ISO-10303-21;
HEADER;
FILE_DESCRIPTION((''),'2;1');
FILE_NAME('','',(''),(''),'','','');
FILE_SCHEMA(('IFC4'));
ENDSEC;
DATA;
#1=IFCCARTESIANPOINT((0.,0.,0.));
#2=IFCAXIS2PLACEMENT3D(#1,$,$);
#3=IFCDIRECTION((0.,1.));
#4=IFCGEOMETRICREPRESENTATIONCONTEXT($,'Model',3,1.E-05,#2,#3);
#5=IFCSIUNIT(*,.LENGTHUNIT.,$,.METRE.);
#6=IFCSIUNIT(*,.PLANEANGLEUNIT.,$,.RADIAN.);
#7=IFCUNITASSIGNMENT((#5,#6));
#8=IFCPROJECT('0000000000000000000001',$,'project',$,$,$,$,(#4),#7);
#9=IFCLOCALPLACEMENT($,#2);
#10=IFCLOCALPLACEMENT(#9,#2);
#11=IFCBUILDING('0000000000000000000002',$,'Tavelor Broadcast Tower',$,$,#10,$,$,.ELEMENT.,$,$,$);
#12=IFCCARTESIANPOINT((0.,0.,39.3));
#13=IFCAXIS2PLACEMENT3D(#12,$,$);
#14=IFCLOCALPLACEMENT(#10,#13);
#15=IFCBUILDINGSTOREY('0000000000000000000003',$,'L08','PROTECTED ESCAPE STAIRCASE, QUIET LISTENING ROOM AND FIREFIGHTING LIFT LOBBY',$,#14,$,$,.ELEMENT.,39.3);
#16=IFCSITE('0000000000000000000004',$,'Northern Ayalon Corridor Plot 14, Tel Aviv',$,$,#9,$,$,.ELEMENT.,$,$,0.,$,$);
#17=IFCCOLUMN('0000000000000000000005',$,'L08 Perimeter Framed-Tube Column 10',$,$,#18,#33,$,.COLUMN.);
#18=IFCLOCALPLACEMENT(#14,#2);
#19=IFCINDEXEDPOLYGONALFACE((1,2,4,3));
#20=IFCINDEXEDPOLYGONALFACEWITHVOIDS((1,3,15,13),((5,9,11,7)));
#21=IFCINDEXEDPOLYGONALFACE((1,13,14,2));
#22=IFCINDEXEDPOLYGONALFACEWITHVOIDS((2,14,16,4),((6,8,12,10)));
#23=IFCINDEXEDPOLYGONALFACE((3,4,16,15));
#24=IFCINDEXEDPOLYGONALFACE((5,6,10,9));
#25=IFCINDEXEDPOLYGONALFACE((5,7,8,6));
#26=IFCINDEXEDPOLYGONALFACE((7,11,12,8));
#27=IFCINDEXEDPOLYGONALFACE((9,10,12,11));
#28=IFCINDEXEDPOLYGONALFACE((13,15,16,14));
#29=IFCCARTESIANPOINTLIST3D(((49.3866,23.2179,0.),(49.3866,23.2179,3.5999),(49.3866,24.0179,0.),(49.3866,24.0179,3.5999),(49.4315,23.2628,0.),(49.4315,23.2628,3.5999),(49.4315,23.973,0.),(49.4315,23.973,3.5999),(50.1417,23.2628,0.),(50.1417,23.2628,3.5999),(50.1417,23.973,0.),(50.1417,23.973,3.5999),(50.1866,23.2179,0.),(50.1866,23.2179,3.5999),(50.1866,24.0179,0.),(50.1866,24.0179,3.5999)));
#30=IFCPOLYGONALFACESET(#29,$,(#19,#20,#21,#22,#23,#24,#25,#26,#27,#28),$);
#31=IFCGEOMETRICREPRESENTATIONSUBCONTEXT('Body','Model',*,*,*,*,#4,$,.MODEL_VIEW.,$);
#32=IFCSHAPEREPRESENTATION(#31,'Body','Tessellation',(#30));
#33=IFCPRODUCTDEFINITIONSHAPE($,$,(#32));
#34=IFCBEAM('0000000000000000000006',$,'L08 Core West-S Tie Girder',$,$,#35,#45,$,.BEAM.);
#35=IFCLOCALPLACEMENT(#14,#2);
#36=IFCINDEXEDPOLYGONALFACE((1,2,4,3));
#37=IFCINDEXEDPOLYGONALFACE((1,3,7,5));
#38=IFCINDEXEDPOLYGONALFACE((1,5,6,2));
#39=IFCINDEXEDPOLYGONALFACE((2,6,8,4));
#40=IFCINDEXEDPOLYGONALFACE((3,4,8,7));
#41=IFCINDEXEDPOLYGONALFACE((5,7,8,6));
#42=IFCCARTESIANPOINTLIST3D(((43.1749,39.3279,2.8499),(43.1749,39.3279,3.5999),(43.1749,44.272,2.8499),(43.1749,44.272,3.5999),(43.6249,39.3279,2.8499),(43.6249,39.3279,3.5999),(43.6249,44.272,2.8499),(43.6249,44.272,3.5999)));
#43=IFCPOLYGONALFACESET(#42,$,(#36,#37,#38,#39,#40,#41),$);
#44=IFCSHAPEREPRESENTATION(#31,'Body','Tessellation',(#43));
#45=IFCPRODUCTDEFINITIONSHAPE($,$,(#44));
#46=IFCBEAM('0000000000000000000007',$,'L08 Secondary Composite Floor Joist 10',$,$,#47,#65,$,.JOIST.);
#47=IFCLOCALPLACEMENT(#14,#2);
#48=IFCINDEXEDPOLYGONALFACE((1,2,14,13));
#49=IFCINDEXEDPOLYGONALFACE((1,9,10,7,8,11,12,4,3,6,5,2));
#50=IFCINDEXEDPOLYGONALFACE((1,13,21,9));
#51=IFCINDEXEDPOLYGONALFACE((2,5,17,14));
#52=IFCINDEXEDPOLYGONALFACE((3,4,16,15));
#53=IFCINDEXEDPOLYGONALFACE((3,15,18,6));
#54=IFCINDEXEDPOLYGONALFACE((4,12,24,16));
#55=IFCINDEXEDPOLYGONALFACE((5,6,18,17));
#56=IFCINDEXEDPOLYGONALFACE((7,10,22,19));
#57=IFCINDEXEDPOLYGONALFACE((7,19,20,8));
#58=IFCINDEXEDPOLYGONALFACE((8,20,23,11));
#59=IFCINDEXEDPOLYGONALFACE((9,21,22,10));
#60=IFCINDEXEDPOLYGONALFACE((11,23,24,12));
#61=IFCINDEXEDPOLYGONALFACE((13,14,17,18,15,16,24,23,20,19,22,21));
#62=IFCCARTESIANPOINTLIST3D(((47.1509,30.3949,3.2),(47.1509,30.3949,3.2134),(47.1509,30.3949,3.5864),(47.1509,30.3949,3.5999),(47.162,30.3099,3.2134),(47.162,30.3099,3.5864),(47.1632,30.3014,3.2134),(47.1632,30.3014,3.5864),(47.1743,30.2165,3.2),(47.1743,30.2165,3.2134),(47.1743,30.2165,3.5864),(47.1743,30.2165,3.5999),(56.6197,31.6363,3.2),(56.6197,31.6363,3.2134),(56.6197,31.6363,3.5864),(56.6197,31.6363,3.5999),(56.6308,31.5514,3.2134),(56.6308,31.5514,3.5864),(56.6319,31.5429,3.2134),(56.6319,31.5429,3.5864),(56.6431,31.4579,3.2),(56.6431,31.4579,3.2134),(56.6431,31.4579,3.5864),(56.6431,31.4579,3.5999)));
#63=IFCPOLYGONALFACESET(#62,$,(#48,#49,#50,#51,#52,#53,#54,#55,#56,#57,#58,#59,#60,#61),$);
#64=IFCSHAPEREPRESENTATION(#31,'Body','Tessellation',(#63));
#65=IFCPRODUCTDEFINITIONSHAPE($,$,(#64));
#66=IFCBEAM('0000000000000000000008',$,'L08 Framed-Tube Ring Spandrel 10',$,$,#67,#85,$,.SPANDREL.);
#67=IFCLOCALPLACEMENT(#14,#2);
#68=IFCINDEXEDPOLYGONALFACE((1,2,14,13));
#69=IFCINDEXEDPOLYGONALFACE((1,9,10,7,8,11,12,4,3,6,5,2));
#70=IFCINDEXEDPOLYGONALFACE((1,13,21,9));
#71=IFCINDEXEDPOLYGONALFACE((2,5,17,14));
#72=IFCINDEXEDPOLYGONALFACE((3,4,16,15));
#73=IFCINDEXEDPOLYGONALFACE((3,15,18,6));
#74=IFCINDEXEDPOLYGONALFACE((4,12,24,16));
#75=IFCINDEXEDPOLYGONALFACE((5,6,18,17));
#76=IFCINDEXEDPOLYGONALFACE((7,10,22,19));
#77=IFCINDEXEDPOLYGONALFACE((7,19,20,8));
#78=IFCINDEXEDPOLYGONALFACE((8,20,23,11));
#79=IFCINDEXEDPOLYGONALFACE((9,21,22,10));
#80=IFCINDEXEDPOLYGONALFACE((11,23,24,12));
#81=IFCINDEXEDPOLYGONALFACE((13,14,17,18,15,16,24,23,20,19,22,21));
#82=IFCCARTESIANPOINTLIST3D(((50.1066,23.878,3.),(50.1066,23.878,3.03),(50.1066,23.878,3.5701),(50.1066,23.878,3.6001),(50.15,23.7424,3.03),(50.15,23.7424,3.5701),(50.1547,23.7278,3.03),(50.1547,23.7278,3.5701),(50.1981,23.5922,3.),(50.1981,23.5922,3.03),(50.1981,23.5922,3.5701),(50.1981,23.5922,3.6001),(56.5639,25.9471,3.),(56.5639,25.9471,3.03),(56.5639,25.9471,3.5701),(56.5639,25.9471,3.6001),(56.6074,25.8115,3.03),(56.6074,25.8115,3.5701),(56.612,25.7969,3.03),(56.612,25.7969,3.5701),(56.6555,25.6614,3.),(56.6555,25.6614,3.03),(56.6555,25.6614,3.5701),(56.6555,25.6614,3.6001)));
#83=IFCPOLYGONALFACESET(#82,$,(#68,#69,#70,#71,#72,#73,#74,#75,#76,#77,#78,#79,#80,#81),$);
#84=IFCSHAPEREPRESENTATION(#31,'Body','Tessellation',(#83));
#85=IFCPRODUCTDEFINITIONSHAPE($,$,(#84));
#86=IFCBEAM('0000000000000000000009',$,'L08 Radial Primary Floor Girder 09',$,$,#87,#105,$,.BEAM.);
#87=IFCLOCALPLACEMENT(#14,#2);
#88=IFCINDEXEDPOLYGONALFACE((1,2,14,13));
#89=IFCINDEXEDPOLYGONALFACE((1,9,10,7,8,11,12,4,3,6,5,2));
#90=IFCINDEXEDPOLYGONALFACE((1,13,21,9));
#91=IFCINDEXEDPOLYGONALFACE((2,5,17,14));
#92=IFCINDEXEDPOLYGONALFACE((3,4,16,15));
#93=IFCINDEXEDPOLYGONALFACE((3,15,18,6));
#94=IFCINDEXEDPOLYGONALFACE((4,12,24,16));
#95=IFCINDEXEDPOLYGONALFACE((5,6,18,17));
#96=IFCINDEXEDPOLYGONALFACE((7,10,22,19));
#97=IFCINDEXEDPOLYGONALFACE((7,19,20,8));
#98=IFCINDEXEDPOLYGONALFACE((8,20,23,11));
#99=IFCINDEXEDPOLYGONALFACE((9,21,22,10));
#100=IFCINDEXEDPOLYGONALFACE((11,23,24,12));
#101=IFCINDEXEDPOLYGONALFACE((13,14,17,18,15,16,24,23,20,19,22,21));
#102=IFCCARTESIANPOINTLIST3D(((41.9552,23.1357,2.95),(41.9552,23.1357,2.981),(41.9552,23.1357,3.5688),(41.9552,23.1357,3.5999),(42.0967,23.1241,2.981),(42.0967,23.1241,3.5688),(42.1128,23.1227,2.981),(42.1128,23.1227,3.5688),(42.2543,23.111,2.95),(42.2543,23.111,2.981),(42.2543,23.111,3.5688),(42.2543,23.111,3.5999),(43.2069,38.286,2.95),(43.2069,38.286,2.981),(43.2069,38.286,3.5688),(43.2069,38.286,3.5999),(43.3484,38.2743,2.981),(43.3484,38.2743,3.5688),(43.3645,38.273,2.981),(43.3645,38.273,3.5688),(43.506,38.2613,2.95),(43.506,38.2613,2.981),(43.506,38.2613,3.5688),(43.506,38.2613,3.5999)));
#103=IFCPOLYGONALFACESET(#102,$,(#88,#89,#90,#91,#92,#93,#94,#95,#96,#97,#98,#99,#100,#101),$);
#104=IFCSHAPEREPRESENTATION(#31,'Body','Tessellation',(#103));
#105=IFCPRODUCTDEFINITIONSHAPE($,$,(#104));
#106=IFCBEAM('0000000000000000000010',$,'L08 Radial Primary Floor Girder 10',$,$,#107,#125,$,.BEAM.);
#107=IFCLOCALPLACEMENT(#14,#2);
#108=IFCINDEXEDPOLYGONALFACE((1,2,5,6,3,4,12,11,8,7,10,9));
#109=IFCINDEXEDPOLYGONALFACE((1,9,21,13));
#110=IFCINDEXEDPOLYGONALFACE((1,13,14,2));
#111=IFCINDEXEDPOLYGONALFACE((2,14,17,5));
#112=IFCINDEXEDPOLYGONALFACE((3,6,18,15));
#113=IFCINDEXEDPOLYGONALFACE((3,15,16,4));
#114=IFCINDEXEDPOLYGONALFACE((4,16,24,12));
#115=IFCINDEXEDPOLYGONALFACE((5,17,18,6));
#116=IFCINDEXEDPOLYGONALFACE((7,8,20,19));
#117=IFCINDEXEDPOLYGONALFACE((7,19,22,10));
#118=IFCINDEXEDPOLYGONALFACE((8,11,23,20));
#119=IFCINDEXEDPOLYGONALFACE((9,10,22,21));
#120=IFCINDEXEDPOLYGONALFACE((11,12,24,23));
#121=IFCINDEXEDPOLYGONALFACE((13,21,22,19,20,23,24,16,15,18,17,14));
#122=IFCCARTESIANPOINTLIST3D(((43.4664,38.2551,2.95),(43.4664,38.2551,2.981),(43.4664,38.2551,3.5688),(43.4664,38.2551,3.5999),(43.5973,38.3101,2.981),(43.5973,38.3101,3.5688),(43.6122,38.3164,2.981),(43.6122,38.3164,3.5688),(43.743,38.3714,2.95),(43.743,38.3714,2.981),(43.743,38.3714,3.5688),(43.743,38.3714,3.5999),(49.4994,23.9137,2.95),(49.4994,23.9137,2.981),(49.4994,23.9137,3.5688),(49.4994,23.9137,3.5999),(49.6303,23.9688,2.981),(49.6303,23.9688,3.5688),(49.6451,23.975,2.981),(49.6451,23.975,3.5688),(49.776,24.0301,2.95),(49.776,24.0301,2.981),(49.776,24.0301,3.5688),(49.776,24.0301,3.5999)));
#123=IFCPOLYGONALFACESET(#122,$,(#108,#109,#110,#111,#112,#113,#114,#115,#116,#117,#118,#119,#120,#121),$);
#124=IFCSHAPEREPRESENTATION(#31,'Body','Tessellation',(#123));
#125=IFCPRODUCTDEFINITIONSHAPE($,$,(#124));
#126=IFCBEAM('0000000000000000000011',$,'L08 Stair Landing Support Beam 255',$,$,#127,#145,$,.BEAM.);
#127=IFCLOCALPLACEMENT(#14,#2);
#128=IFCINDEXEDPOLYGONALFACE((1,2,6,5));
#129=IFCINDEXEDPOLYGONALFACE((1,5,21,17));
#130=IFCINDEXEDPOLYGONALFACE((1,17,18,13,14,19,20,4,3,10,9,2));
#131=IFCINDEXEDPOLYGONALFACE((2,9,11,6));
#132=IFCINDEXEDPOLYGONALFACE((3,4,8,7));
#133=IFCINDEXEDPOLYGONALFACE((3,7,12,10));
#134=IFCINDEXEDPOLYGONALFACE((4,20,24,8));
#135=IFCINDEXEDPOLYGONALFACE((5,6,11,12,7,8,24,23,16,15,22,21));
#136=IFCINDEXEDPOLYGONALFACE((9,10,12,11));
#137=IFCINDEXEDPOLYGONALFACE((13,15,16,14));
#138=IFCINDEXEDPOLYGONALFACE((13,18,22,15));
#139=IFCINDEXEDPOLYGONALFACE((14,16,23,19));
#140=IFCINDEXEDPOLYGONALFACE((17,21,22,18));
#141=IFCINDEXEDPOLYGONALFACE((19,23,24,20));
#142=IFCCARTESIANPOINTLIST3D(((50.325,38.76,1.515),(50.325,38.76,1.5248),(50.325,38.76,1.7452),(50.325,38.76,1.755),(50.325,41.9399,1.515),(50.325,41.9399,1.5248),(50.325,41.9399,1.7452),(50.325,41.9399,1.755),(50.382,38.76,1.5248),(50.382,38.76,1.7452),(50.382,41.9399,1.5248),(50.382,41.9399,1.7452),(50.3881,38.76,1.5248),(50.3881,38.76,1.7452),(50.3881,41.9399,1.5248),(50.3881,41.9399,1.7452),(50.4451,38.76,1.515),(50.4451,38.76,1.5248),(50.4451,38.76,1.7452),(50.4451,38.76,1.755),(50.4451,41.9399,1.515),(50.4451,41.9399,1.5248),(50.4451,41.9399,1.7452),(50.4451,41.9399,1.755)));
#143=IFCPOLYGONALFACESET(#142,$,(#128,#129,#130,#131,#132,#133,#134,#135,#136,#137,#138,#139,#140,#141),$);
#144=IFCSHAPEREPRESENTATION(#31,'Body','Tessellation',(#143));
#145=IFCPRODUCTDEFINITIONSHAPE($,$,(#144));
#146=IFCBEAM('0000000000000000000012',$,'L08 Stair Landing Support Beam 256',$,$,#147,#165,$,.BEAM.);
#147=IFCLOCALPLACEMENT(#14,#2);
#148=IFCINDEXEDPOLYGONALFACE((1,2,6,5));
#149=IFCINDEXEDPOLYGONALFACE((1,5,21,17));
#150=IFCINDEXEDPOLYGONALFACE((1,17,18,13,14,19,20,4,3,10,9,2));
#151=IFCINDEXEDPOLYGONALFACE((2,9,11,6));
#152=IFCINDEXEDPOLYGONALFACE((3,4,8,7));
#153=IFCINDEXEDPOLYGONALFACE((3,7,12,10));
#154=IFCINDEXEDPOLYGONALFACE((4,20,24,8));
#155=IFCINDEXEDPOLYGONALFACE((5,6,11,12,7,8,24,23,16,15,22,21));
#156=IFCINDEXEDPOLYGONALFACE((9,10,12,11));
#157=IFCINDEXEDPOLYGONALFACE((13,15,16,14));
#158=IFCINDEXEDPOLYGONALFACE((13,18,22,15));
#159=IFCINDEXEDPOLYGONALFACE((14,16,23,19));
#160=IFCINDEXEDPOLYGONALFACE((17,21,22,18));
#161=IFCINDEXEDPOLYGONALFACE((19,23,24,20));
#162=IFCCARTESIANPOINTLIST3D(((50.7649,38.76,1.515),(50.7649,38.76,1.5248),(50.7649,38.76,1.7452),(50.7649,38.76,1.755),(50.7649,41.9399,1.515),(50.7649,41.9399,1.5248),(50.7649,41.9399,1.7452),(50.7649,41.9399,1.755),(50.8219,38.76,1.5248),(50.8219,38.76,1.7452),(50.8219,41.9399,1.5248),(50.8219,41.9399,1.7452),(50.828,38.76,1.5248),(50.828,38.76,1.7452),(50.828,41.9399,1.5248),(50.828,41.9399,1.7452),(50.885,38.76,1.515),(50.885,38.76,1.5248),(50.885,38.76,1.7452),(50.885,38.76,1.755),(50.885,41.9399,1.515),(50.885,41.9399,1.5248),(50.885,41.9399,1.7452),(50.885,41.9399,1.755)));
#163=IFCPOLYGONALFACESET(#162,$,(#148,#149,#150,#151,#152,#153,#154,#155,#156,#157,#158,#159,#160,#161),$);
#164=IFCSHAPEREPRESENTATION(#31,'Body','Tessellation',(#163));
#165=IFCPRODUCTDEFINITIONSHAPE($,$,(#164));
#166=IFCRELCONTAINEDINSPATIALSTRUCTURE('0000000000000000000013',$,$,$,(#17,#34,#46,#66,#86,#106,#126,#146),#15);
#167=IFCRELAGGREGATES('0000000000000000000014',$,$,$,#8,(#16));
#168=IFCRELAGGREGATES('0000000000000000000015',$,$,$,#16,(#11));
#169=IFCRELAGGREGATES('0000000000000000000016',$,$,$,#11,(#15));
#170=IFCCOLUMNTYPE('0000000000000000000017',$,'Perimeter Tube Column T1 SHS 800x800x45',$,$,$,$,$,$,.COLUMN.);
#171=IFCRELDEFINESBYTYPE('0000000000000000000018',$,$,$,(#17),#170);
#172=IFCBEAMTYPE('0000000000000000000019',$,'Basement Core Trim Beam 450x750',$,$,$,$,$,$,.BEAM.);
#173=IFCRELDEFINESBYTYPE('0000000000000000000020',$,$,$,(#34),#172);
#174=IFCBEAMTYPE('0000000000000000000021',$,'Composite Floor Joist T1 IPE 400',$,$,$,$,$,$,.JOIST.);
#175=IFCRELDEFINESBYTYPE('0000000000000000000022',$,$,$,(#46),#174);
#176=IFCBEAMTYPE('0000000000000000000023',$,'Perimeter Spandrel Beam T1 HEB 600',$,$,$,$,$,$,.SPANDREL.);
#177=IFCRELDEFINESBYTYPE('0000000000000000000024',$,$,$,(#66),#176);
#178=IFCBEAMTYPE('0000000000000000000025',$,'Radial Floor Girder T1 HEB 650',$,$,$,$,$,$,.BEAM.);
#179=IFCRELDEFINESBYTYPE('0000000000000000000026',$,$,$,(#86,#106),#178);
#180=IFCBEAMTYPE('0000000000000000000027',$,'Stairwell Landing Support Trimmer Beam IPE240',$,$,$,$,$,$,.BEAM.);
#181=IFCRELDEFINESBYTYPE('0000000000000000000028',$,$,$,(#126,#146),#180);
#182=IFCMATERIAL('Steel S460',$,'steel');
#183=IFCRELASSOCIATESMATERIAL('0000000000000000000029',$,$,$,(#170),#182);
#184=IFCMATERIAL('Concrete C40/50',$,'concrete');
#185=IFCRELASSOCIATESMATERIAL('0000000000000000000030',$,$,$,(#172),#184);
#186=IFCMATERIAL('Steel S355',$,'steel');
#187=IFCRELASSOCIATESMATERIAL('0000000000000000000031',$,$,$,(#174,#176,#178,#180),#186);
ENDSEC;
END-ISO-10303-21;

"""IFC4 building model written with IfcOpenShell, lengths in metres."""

from ifc_helpers import new_model, si_unit, direction, frame, origin, origin_2d, place, context, subcontext, project, spatial, rectangle, hollow_rectangle, i_section, extrude, material, material_profile, profile_set, type_object, element, save


model = new_model("IFC4")

# Units and contexts
model_context = context("Model", 3, precision=1e-05, world=origin(), true_north=direction((0.0, 1.0)))
body_context = subcontext(model_context, "Body", "Model", "MODEL_VIEW")
ifc_project = project(units=[si_unit("LENGTHUNIT", "METRE"), si_unit("PLANEANGLEUNIT", "RADIAN")], contexts=[model_context])

# Site, building, storey
site_placement = place(None, origin())
site = spatial("IfcSite", under=ifc_project, at=site_placement, Name="Northern Ayalon Corridor Plot 14, Tel Aviv", CompositionType="ELEMENT", RefElevation=0.0)
building_placement = place(site_placement, origin())
building = spatial("IfcBuilding", under=site, at=building_placement, Name="Tavelor Broadcast Tower", CompositionType="ELEMENT")
storey_placement = place(building_placement, frame((0.0, 0.0, 39.3)))
storey = spatial("IfcBuildingStorey", under=building, at=storey_placement, Name="L08", Description="PROTECTED ESCAPE STAIRCASE, QUIET LISTENING ROOM AND FIREFIGHTING LIFT LOBBY", CompositionType="ELEMENT", Elevation=39.3)

# Column
ifc_material_1 = material(Name="Steel S460", Category="steel")
ifc_material_profile_1 = material_profile(ifc_material_1, hollow_rectangle(XDim=0.8, YDim=0.8, WallThickness=0.0449, at=origin_2d()), Name="SHS 800x800x45")
ifc_profile_set_1 = profile_set([ifc_material_profile_1], Name="Steel S460")
column_type = type_object("IfcColumnType", Name="Perimeter Tube Column T1 SHS 800x800x45", PredefinedType="COLUMN", material=ifc_profile_set_1)
column_placement = place(storey_placement, frame((49.7866, 23.6179, 0.0), z_axis=(0.0, 0.0, 1.0), x_axis=(1.0, 0.0, 0.0)))
element("IfcColumn", 1, at=column_placement, inside=storey, type_object=column_type, Name="L08 Perimeter Framed-Tube Column 10", PredefinedType="COLUMN", context=body_context, shape_type="SweptSolid", body=[
    extrude(hollow_rectangle(XDim=0.8, YDim=0.8, WallThickness=0.0449, at=origin_2d()), origin(), (0.0, 0.0, 1.0), 3.5999),
])

# Beams
ifc_material_2 = material(Name="Concrete C40/50", Category="concrete")
ifc_material_profile_2 = material_profile(ifc_material_2, rectangle(XDim=0.45, YDim=0.75, at=origin_2d()), Name="RC 450x750")
ifc_profile_set_2 = profile_set([ifc_material_profile_2], Name="Concrete C40/50")
beam_type_1 = type_object("IfcBeamType", Name="Basement Core Trim Beam 450x750", PredefinedType="BEAM", material=ifc_profile_set_2)
beam_1_placement = place(storey_placement, frame((43.3999, 39.3279, 3.2249), z_axis=(0.0, 1.0, 0.0), x_axis=(-1.0, 0.0, 0.0)))
element("IfcBeam", 2, at=beam_1_placement, inside=storey, type_object=beam_type_1, Name="L08 Core West-S Tie Girder", PredefinedType="BEAM", context=body_context, shape_type="SweptSolid", body=[
    extrude(rectangle(XDim=0.45, YDim=0.75, at=origin_2d()), origin(), (0.0, 0.0, 1.0), 4.9441),
])
ifc_material_3 = material(Name="Steel S355", Category="steel")
ifc_material_profile_3 = material_profile(ifc_material_3, i_section(OverallWidth=0.1799, OverallDepth=0.3999, WebThickness=0.0085, FlangeThickness=0.0134, at=origin_2d()), Name="IPE 400")
ifc_profile_set_3 = profile_set([ifc_material_profile_3], Name="Steel S355")
beam_type_2 = type_object("IfcBeamType", Name="Composite Floor Joist T1 IPE 400", PredefinedType="JOIST", material=ifc_profile_set_3)
beam_2_placement = place(storey_placement, frame((47.1626, 30.3057, 3.3999), z_axis=(0.991514, 0.129998, 0.0), x_axis=(-0.129998, 0.991514, 0.0)))
element("IfcBeam", 3, at=beam_2_placement, inside=storey, type_object=beam_type_2, Name="L08 Secondary Composite Floor Joist 10", PredefinedType="JOIST", context=body_context, shape_type="SweptSolid", body=[
    extrude(i_section(OverallWidth=0.1799, OverallDepth=0.3999, WebThickness=0.0085, FlangeThickness=0.0134, at=origin_2d()), origin(), (0.0, 0.0, 1.0), 9.5498),
])
ifc_material_profile_4 = material_profile(ifc_material_3, i_section(OverallWidth=0.3, OverallDepth=0.6001, WebThickness=0.0154, FlangeThickness=0.03, at=origin_2d()), Name="HEB 600")
ifc_profile_set_4 = profile_set([ifc_material_profile_4], Name="Steel S355")
beam_type_3 = type_object("IfcBeamType", Name="Perimeter Spandrel Beam T1 HEB 600", PredefinedType="SPANDREL", material=ifc_profile_set_4)
beam_3_placement = place(storey_placement, frame((50.1523, 23.7351, 3.3), z_axis=(0.952306, 0.305145, 0.0), x_axis=(-0.305145, 0.952306, 0.0)))
element("IfcBeam", 4, at=beam_3_placement, inside=storey, type_object=beam_type_3, Name="L08 Framed-Tube Ring Spandrel 10", PredefinedType="SPANDREL", context=body_context, shape_type="SweptSolid", body=[
    extrude(i_section(OverallWidth=0.3, OverallDepth=0.6001, WebThickness=0.0154, FlangeThickness=0.03, at=origin_2d()), origin(), (0.0, 0.0, 1.0), 6.7808),
])
ifc_material_profile_5 = material_profile(ifc_material_3, i_section(OverallWidth=0.3, OverallDepth=0.6499, WebThickness=0.0161, FlangeThickness=0.031, at=origin_2d()), Name="HEB 650")
ifc_profile_set_5 = profile_set([ifc_material_profile_5], Name="Steel S355")
beam_type_4 = type_object("IfcBeamType", Name="Radial Floor Girder T1 HEB 650", PredefinedType="BEAM", material=ifc_profile_set_5)
beam_4_placement = place(storey_placement, frame((43.3564, 38.2737, 3.2749), z_axis=(-0.082338, -0.996604, 0.0), x_axis=(0.996604, -0.082338, 0.0)))
element("IfcBeam", 5, at=beam_4_placement, inside=storey, type_object=beam_type_4, Name="L08 Radial Primary Floor Girder 09", PredefinedType="BEAM", context=body_context, shape_type="SweptSolid", body=[
    extrude(i_section(OverallWidth=0.3, OverallDepth=0.6499, WebThickness=0.0161, FlangeThickness=0.031, at=origin_2d()), origin(), (0.0, 0.0, 1.0), 15.2019),
])
beam_5_placement = place(storey_placement, frame((43.6047, 38.3132, 3.2749), z_axis=(0.387757, -0.921761, 0.0), x_axis=(0.921761, 0.387757, 0.0)))
element("IfcBeam", 6, at=beam_5_placement, inside=storey, type_object=beam_type_4, Name="L08 Radial Primary Floor Girder 10", PredefinedType="BEAM", context=body_context, shape_type="SweptSolid", body=[
    extrude(i_section(OverallWidth=0.3, OverallDepth=0.6499, WebThickness=0.0161, FlangeThickness=0.031, at=origin_2d()), origin(), (0.0, 0.0, 1.0), 15.5586),
])
ifc_material_profile_6 = material_profile(ifc_material_3, i_section(OverallWidth=0.1201, OverallDepth=0.24, WebThickness=0.0061, FlangeThickness=0.0098, at=origin_2d()), Name="IPE 240")
ifc_profile_set_6 = profile_set([ifc_material_profile_6], Name="Steel S355")
beam_type_5 = type_object("IfcBeamType", Name="Stairwell Landing Support Trimmer Beam IPE240", PredefinedType="BEAM", material=ifc_profile_set_6)
for number, where, z_axis, x_axis, name in (
    (7, (50.385, 38.76, 1.635), (0.0, 1.0, 0.0), (-1.0, 0.0, 0.0), "L08 Stair Landing Support Beam 255"),
    (8, (50.825, 38.76, 1.635), (0.0, 1.0, 0.0), (-1.0, 0.0, 0.0), "L08 Stair Landing Support Beam 256"),
):
    element("IfcBeam", number, at=place(storey_placement, frame(where, z_axis=z_axis, x_axis=x_axis)), inside=storey, type_object=beam_type_5, Name=name, PredefinedType="BEAM", context=body_context, shape_type="SweptSolid", body=[
        extrude(i_section(OverallWidth=0.1201, OverallDepth=0.24, WebThickness=0.0061, FlangeThickness=0.0098, at=origin_2d()), origin(), (0.0, 0.0, 1.0), 3.1799),
    ])

save(model, "model.ifc")
